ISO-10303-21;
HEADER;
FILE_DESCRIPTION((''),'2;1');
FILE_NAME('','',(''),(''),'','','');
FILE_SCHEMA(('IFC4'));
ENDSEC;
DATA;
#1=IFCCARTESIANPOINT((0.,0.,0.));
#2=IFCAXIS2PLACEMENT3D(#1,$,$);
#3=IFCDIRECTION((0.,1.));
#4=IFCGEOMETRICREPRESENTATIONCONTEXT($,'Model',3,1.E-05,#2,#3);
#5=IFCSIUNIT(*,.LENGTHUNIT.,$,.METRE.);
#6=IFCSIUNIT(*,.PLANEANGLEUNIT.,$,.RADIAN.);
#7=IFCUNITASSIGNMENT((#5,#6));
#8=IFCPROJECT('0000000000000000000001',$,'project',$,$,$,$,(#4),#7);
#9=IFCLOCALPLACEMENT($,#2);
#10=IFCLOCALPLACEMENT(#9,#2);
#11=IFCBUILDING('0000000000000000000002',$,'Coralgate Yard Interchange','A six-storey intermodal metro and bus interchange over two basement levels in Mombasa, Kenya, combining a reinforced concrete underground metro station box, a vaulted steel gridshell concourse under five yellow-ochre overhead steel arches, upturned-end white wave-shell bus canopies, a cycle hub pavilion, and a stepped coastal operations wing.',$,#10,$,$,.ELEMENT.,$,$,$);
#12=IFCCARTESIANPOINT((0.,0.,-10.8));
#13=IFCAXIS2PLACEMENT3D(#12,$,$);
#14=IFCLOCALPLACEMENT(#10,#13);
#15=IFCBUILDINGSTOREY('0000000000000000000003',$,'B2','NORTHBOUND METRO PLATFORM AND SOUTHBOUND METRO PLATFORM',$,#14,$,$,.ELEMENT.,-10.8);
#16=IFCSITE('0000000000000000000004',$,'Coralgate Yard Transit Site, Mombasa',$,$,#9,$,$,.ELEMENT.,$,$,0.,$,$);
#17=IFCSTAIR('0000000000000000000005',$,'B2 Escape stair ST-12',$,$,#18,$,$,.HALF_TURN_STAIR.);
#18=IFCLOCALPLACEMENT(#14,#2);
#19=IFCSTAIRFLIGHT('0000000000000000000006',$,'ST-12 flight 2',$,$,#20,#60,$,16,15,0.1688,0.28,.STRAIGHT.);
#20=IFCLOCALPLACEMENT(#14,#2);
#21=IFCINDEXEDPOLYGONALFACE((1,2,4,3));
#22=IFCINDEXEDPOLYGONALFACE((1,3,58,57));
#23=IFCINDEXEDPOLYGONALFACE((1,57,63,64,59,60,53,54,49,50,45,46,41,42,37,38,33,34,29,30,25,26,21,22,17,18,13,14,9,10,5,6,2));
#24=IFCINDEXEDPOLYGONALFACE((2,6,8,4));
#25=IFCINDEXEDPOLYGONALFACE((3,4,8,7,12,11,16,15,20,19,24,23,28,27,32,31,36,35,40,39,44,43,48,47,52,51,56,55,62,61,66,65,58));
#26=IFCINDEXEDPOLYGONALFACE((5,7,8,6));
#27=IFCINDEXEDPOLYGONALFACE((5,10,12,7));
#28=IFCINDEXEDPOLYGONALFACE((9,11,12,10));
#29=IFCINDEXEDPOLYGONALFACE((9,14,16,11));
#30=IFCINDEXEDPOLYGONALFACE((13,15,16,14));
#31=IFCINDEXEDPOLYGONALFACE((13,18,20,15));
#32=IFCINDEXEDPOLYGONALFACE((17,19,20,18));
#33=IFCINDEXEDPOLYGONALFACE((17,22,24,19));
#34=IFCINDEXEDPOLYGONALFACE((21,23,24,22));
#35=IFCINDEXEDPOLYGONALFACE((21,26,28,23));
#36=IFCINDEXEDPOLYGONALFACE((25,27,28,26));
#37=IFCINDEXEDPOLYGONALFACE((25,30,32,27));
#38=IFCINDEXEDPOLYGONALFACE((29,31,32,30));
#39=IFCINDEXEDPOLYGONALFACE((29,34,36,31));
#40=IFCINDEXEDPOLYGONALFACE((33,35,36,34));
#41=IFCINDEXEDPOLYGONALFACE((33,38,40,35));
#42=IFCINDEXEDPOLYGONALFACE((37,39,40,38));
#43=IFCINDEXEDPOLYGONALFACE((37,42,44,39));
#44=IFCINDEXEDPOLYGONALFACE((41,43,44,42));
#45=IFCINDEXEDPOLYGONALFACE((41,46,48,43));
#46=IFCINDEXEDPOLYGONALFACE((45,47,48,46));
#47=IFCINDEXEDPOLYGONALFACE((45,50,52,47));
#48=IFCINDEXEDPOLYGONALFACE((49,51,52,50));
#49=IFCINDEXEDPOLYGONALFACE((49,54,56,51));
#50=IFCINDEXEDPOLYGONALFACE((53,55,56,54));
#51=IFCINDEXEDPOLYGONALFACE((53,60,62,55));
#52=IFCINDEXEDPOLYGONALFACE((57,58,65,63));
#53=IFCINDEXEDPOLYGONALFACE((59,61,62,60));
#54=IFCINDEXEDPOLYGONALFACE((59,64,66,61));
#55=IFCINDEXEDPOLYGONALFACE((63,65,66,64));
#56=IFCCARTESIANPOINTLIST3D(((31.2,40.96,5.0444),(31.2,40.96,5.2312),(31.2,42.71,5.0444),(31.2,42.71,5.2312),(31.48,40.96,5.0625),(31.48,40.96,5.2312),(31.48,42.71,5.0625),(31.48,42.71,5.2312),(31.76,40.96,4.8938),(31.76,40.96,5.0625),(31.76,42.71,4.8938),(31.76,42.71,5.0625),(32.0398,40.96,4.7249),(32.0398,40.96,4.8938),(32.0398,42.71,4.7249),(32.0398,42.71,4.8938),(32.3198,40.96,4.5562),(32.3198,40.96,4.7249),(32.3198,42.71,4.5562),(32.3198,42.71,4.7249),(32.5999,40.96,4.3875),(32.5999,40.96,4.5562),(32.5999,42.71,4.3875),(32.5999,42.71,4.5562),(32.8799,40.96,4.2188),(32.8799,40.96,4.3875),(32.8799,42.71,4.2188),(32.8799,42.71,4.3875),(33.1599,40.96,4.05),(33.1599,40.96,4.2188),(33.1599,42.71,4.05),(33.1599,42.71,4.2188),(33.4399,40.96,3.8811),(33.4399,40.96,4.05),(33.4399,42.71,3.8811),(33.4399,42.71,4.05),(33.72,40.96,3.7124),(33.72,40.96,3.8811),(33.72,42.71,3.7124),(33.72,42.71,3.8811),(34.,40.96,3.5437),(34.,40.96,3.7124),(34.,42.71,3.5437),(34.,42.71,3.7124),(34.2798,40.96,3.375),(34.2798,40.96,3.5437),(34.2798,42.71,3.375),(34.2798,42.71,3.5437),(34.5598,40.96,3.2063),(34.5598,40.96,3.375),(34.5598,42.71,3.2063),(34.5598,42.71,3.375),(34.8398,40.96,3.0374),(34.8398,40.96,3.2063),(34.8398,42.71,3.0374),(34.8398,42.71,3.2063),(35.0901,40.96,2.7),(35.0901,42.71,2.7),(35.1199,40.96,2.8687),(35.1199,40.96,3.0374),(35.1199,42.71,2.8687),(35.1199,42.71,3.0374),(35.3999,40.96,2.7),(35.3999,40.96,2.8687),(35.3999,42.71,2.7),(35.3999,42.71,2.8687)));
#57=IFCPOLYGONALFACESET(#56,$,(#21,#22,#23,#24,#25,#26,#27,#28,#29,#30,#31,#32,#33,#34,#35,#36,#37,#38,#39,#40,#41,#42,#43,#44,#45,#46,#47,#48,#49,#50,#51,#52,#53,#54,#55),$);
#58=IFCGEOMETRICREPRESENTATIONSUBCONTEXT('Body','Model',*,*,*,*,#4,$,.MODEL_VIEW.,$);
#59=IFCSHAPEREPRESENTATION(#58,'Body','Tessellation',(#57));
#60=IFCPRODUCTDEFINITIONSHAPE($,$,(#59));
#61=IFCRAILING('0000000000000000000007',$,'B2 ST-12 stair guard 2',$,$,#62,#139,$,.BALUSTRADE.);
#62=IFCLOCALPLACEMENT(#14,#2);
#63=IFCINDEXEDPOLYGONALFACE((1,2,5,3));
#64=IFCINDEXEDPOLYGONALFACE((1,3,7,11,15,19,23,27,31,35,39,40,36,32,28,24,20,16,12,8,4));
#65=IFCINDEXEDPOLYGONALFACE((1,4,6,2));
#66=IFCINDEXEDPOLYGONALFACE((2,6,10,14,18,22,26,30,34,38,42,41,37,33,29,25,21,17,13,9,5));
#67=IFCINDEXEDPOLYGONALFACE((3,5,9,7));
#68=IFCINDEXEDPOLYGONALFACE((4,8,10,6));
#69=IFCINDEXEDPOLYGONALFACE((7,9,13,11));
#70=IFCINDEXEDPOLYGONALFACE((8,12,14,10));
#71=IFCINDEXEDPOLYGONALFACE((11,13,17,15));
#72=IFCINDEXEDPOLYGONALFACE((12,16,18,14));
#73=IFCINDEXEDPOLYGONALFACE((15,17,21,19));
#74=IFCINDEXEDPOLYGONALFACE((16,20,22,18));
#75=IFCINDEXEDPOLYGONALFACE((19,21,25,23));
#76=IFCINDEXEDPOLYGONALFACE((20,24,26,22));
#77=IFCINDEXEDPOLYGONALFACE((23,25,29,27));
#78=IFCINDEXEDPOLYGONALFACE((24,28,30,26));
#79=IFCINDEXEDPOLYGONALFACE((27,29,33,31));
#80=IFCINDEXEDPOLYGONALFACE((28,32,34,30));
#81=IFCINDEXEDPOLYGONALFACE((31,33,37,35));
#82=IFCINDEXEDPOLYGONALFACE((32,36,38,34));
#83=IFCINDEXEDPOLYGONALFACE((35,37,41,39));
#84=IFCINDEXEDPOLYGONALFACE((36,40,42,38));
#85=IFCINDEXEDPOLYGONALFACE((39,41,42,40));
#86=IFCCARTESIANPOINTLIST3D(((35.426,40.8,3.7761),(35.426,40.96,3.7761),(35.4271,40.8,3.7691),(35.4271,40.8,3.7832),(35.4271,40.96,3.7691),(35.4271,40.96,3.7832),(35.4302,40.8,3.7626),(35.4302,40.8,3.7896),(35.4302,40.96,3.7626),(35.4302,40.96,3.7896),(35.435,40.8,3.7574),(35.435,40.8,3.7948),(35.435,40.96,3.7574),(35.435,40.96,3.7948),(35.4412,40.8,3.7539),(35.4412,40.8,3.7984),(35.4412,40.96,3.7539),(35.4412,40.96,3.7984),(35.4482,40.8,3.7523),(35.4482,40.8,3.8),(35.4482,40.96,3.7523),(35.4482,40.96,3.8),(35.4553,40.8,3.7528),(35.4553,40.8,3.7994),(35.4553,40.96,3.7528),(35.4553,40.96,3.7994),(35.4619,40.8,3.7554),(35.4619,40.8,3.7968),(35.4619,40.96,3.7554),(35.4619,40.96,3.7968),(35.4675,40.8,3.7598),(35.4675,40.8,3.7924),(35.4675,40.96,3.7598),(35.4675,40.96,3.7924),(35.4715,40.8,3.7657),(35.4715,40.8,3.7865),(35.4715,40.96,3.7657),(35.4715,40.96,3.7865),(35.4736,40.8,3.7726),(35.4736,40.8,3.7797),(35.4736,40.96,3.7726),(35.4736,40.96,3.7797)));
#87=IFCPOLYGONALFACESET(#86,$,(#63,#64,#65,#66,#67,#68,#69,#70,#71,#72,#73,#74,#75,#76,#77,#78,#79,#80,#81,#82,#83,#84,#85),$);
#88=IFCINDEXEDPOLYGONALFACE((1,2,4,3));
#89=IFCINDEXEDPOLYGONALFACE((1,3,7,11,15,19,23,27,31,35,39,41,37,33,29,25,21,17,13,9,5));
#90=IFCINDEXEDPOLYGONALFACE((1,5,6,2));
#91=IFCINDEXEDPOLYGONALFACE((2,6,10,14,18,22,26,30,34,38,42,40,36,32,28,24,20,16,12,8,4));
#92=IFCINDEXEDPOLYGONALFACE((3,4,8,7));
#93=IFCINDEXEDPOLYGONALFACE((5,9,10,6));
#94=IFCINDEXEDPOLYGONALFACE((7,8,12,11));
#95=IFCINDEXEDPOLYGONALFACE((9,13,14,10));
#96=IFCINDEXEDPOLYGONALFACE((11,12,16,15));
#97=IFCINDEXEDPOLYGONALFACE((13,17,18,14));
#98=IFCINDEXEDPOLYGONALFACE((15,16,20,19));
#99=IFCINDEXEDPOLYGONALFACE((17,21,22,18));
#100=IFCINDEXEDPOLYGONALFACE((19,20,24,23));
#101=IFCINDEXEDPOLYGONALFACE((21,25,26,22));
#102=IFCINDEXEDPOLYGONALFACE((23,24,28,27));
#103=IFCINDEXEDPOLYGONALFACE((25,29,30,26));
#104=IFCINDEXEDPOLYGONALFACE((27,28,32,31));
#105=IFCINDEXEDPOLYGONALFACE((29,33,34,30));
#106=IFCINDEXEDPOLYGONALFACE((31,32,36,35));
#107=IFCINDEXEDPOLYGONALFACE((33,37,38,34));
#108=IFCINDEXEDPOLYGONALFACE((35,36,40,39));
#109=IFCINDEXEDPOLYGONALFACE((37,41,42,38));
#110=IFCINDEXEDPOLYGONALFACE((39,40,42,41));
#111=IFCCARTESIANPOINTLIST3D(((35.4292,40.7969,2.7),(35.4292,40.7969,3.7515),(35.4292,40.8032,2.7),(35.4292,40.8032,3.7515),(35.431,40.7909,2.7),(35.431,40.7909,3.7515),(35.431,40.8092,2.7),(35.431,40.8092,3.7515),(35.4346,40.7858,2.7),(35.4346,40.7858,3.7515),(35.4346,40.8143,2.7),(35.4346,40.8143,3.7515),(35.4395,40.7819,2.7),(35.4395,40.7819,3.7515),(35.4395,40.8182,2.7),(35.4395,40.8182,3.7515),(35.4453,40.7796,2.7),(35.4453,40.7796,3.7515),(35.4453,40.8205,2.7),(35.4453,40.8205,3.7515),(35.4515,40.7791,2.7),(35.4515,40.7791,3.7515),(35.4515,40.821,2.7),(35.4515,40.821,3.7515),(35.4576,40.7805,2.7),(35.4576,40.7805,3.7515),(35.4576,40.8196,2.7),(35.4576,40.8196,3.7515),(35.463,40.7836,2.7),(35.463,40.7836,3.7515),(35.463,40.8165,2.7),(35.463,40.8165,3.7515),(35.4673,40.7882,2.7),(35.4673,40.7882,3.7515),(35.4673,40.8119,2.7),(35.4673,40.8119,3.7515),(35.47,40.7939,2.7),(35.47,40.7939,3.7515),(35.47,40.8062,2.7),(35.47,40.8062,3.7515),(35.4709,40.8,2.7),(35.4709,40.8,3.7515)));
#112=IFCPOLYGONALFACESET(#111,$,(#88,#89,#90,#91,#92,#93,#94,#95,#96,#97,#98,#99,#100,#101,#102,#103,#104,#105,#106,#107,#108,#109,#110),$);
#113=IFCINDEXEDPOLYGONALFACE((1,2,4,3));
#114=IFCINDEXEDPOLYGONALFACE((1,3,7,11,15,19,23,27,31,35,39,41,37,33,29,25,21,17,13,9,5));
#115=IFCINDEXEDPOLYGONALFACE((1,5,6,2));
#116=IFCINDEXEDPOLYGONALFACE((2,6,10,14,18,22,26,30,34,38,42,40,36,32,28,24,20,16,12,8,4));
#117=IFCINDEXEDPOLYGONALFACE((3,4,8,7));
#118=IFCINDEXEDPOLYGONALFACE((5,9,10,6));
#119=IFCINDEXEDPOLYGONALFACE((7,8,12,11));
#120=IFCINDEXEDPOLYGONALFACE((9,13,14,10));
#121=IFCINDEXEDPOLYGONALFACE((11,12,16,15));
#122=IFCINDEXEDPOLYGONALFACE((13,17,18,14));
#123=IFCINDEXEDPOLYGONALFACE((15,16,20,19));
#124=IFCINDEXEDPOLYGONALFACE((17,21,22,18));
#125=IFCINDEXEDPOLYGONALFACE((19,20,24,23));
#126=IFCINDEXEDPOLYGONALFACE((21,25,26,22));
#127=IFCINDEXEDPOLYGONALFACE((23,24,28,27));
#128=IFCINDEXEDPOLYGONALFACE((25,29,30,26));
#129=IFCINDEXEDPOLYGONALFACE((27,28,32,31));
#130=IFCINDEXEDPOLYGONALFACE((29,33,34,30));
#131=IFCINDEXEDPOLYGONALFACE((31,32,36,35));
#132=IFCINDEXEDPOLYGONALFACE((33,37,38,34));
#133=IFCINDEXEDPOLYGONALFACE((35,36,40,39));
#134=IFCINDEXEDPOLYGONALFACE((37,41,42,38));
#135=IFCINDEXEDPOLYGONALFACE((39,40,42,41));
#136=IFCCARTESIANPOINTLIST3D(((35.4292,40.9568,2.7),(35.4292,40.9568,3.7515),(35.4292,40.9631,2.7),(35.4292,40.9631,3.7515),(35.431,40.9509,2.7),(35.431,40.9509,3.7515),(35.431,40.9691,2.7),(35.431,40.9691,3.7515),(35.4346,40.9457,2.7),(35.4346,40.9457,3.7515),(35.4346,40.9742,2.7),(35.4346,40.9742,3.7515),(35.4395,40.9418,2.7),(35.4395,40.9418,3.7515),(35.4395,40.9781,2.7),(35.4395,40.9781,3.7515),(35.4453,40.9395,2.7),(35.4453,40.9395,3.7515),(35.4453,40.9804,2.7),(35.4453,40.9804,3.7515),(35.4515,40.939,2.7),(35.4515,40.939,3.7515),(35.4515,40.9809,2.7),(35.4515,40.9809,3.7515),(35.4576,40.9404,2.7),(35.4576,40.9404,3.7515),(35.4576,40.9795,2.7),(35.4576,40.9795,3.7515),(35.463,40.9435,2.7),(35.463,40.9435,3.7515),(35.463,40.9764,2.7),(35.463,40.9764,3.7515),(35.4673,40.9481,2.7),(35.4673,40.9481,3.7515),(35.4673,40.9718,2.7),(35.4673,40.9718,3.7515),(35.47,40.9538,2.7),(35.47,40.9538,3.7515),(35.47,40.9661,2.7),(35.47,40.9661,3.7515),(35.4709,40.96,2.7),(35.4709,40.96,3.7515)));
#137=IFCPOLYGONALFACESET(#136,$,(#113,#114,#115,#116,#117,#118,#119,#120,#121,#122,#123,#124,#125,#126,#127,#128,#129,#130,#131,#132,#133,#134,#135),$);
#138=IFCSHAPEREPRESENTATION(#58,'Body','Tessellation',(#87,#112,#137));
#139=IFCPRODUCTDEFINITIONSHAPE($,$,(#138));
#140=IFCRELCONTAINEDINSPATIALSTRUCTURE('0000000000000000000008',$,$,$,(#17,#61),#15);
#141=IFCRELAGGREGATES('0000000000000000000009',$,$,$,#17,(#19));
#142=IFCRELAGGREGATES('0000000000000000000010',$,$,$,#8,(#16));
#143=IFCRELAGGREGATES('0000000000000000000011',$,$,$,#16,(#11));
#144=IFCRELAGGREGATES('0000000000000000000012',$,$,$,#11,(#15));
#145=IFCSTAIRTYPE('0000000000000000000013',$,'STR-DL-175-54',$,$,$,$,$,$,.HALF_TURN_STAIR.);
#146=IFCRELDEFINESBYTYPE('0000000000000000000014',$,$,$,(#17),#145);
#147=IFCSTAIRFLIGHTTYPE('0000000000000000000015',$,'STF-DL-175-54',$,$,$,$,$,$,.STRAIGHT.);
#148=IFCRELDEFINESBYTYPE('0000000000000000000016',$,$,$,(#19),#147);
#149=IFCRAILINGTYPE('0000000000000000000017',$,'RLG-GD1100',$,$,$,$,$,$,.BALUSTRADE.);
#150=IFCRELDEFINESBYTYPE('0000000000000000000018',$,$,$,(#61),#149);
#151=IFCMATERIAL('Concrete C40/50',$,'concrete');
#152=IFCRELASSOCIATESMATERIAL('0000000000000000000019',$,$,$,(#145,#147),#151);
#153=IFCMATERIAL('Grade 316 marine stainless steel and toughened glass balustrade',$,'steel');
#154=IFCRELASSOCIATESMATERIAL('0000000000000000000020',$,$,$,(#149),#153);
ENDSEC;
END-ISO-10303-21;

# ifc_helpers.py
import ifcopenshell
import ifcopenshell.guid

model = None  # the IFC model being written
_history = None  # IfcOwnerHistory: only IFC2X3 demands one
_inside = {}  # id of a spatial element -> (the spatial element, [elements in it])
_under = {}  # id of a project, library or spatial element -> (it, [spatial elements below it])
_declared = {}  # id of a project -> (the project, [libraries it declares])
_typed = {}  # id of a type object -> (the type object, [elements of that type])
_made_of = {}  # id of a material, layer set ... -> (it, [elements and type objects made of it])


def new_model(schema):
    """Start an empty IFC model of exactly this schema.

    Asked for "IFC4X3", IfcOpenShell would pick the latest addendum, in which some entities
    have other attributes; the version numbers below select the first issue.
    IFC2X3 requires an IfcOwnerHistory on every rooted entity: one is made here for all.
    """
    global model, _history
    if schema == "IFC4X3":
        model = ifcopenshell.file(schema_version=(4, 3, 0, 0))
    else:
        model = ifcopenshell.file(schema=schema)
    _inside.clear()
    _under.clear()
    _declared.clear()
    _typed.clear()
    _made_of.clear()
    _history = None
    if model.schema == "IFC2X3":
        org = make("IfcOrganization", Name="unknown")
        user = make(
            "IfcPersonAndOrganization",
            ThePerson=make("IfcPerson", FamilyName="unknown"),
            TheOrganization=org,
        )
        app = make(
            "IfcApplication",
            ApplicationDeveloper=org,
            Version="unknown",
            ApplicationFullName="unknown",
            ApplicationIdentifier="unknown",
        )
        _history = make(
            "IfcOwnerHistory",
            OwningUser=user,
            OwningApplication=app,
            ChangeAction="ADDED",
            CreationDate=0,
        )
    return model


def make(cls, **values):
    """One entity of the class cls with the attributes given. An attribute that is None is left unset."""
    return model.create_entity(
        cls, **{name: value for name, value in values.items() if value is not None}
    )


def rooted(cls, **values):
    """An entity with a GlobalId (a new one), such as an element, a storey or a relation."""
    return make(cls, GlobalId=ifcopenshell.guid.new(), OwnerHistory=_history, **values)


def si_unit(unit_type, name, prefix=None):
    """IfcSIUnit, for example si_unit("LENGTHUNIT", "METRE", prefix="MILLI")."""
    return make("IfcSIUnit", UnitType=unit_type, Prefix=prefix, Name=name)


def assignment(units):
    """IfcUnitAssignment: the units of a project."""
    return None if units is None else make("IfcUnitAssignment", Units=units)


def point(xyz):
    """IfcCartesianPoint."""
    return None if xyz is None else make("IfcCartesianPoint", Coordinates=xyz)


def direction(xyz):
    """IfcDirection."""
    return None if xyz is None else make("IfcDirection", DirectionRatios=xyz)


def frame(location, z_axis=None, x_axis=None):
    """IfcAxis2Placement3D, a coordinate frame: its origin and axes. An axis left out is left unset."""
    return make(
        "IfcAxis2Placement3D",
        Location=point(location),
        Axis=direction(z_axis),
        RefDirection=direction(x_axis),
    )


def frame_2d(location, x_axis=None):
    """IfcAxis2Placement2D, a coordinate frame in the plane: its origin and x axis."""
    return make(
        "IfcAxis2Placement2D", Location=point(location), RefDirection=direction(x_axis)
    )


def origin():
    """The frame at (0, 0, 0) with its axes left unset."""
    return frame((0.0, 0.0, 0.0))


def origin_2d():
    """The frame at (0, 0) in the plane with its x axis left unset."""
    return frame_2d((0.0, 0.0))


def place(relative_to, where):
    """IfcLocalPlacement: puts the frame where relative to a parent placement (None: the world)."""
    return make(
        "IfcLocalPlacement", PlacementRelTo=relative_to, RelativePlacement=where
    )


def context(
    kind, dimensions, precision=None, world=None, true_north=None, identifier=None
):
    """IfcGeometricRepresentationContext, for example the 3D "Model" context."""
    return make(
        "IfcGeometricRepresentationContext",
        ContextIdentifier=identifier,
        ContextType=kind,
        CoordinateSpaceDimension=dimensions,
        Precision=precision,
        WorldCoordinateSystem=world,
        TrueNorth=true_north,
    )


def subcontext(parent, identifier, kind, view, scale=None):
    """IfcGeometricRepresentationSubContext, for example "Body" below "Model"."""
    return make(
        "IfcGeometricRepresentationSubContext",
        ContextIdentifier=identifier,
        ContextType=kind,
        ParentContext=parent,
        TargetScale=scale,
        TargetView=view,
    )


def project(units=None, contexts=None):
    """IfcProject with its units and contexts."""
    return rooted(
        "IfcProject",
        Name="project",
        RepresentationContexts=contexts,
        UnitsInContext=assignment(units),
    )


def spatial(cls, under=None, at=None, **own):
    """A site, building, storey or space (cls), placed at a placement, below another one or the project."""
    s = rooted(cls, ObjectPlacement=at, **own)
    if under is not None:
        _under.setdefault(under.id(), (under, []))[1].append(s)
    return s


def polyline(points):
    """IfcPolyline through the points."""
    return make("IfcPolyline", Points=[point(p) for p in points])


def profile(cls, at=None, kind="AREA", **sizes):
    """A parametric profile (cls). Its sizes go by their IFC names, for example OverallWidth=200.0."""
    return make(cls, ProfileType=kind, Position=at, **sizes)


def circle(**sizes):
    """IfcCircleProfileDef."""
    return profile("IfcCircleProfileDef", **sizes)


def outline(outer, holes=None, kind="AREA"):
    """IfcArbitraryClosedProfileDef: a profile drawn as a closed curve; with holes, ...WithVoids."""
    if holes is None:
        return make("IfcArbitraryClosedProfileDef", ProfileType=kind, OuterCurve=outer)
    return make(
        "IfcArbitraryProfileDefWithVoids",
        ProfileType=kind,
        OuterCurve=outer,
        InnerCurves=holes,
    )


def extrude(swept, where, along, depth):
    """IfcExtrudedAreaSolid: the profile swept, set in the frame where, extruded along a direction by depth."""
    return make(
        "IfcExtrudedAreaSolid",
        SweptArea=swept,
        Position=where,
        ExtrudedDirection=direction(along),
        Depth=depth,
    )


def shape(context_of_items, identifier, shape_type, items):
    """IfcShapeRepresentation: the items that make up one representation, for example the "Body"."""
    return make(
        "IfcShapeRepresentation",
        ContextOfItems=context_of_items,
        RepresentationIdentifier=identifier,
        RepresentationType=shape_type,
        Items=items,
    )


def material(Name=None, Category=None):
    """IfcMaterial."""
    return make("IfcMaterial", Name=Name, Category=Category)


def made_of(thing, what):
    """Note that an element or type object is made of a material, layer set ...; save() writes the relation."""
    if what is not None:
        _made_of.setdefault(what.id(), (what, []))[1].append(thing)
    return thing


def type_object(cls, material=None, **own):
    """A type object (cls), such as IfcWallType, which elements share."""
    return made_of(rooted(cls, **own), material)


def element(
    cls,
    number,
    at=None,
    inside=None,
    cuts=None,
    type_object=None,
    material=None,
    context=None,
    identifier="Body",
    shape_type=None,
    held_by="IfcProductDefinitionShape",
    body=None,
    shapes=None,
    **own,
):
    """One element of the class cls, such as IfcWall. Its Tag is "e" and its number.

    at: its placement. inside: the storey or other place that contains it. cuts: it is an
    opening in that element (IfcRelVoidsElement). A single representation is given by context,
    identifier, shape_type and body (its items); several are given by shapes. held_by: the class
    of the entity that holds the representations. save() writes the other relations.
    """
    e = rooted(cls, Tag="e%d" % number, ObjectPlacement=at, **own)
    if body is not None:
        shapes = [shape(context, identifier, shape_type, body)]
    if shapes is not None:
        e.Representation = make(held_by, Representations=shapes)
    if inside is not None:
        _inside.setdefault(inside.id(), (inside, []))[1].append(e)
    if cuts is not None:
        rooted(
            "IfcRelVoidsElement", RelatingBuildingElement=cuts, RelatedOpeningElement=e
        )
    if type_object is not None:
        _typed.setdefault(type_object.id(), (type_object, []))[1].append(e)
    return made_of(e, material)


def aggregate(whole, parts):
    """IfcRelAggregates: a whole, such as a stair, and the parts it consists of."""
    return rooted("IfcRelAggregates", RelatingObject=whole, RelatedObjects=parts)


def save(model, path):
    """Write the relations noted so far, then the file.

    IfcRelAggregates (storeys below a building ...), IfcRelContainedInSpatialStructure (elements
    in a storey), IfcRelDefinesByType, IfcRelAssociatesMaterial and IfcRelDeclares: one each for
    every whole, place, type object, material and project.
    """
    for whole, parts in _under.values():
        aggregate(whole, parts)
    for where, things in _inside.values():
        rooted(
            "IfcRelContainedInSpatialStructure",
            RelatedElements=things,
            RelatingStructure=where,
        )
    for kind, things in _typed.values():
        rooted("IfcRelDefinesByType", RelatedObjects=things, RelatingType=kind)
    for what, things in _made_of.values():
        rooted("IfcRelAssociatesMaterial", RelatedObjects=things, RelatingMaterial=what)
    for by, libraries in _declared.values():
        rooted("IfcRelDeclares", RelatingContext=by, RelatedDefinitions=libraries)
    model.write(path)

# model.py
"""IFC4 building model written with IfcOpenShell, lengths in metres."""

from ifc_helpers import new_model, si_unit, direction, frame, origin, origin_2d, place, context, subcontext, project, spatial, polyline, circle, outline, extrude, material, type_object, element, aggregate, save


model = new_model("IFC4")

# Units and contexts
model_context = context("Model", 3, precision=1e-05, world=origin(), true_north=direction((0.0, 1.0)))
body_context = subcontext(model_context, "Body", "Model", "MODEL_VIEW")
ifc_project = project(units=[si_unit("LENGTHUNIT", "METRE"), si_unit("PLANEANGLEUNIT", "RADIAN")], contexts=[model_context])

# Site, building, storey
site_placement = place(None, origin())
site = spatial("IfcSite", under=ifc_project, at=site_placement, Name="Coralgate Yard Transit Site, Mombasa", CompositionType="ELEMENT", RefElevation=0.0)
building_placement = place(site_placement, origin())
building = spatial("IfcBuilding", under=site, at=building_placement, Name="Coralgate Yard Interchange", Description="A six-storey intermodal metro and bus interchange over two basement levels in Mombasa, Kenya, combining a reinforced concrete underground metro station box, a vaulted steel gridshell concourse under five yellow-ochre overhead steel arches, upturned-end white wave-shell bus canopies, a cycle hub pavilion, and a stepped coastal operations wing.", CompositionType="ELEMENT")
storey_placement = place(building_placement, frame((0.0, 0.0, -10.8)))
storey = spatial("IfcBuildingStorey", under=building, at=storey_placement, Name="B2", Description="NORTHBOUND METRO PLATFORM AND SOUTHBOUND METRO PLATFORM", CompositionType="ELEMENT", Elevation=-10.8)

# Shared definitions
ifc_material_1 = material(Name="Concrete C40/50", Category="concrete")

# Stair, stair flight
stair_type = type_object("IfcStairType", Name="STR-DL-175-54", PredefinedType="HALF_TURN_STAIR", material=ifc_material_1)
stair_placement = place(storey_placement, origin())
stair = element("IfcStair", 1, at=stair_placement, inside=storey, type_object=stair_type, Name="B2 Escape stair ST-12", PredefinedType="HALF_TURN_STAIR")
stair_flight_type = type_object("IfcStairFlightType", Name="STF-DL-175-54", PredefinedType="STRAIGHT", material=ifc_material_1)
stair_flight_placement = place(storey_placement, frame((35.3999, 41.835, 2.7), z_axis=(0.0, 0.0, 1.0), x_axis=(-1.0, 0.0, 0.0)))
stair_flight = element("IfcStairFlight", 2, at=stair_flight_placement, type_object=stair_flight_type, Name="ST-12 flight 2", NumberOfRisers=16, NumberOfTreads=15, PredefinedType="STRAIGHT", RiserHeight=0.1688, TreadLength=0.28, context=body_context, shape_type="SweptSolid", body=[
    extrude(outline(polyline([(0.0, 0.0), (0.0, 0.1687), (0.28, 0.1687), (0.28, 0.3374), (0.5601, 0.3374), (0.5601, 0.5063), (0.8401, 0.5063), (0.8401, 0.675), (1.1201, 0.675), (1.1201, 0.8438), (1.3999, 0.8438), (1.3999, 1.0125), (1.6799, 1.0125), (1.6799, 1.1812), (1.96, 1.1812), (1.96, 1.3501), (2.24, 1.3501), (2.24, 1.5188), (2.52, 1.5188), (2.52, 1.6875), (2.8, 1.6875), (2.8, 1.8562), (3.0801, 1.8562), (3.0801, 2.0249), (3.3601, 2.0249), (3.3601, 2.1938), (3.6399, 2.1938), (3.6399, 2.3625), (3.9199, 2.3625), (3.9199, 2.5312), (4.2, 2.5312), (4.2, 2.7), (4.2, 2.3445), (0.3098, 0.0), (0.0, 0.0)])), frame((0.0, 0.875, 0.0), z_axis=(0.0, -1.0, 0.0), x_axis=(1.0, 0.0, 0.0)), (0.0, 0.0, 1.0), 1.75),
])
aggregate(stair, [stair_flight])

# Railing
ifc_material_2 = material(Name="Grade 316 marine stainless steel and toughened glass balustrade", Category="steel")
railing_type_1 = type_object("IfcRailingType", Name="RLG-GD1100", PredefinedType="BALUSTRADE", material=ifc_material_2)
railing_1_placement = place(storey_placement, frame((35.45, 40.8, 2.7)))
element("IfcRailing", 3, at=railing_1_placement, inside=storey, type_object=railing_type_1, Name="B2 ST-12 stair guard 2", PredefinedType="BALUSTRADE", context=body_context, shape_type="SweptSolid", body=[
    extrude(circle(Radius=0.0239, at=origin_2d()), frame((0.0, 0.0, 1.0762), z_axis=(0.0, 1.0, 0.0), x_axis=(-1.0, 0.0, 0.0)), (0.0, 0.0, 1.0), 0.1599),
    extrude(circle(Radius=0.021, at=origin_2d()), origin(), (0.0, 0.0, 1.0), 1.0515),
    extrude(circle(Radius=0.021, at=origin_2d()), frame((0.0, 0.1599, 0.0)), (0.0, 0.0, 1.0), 1.0515),
])

save(model, "model.ifc")
